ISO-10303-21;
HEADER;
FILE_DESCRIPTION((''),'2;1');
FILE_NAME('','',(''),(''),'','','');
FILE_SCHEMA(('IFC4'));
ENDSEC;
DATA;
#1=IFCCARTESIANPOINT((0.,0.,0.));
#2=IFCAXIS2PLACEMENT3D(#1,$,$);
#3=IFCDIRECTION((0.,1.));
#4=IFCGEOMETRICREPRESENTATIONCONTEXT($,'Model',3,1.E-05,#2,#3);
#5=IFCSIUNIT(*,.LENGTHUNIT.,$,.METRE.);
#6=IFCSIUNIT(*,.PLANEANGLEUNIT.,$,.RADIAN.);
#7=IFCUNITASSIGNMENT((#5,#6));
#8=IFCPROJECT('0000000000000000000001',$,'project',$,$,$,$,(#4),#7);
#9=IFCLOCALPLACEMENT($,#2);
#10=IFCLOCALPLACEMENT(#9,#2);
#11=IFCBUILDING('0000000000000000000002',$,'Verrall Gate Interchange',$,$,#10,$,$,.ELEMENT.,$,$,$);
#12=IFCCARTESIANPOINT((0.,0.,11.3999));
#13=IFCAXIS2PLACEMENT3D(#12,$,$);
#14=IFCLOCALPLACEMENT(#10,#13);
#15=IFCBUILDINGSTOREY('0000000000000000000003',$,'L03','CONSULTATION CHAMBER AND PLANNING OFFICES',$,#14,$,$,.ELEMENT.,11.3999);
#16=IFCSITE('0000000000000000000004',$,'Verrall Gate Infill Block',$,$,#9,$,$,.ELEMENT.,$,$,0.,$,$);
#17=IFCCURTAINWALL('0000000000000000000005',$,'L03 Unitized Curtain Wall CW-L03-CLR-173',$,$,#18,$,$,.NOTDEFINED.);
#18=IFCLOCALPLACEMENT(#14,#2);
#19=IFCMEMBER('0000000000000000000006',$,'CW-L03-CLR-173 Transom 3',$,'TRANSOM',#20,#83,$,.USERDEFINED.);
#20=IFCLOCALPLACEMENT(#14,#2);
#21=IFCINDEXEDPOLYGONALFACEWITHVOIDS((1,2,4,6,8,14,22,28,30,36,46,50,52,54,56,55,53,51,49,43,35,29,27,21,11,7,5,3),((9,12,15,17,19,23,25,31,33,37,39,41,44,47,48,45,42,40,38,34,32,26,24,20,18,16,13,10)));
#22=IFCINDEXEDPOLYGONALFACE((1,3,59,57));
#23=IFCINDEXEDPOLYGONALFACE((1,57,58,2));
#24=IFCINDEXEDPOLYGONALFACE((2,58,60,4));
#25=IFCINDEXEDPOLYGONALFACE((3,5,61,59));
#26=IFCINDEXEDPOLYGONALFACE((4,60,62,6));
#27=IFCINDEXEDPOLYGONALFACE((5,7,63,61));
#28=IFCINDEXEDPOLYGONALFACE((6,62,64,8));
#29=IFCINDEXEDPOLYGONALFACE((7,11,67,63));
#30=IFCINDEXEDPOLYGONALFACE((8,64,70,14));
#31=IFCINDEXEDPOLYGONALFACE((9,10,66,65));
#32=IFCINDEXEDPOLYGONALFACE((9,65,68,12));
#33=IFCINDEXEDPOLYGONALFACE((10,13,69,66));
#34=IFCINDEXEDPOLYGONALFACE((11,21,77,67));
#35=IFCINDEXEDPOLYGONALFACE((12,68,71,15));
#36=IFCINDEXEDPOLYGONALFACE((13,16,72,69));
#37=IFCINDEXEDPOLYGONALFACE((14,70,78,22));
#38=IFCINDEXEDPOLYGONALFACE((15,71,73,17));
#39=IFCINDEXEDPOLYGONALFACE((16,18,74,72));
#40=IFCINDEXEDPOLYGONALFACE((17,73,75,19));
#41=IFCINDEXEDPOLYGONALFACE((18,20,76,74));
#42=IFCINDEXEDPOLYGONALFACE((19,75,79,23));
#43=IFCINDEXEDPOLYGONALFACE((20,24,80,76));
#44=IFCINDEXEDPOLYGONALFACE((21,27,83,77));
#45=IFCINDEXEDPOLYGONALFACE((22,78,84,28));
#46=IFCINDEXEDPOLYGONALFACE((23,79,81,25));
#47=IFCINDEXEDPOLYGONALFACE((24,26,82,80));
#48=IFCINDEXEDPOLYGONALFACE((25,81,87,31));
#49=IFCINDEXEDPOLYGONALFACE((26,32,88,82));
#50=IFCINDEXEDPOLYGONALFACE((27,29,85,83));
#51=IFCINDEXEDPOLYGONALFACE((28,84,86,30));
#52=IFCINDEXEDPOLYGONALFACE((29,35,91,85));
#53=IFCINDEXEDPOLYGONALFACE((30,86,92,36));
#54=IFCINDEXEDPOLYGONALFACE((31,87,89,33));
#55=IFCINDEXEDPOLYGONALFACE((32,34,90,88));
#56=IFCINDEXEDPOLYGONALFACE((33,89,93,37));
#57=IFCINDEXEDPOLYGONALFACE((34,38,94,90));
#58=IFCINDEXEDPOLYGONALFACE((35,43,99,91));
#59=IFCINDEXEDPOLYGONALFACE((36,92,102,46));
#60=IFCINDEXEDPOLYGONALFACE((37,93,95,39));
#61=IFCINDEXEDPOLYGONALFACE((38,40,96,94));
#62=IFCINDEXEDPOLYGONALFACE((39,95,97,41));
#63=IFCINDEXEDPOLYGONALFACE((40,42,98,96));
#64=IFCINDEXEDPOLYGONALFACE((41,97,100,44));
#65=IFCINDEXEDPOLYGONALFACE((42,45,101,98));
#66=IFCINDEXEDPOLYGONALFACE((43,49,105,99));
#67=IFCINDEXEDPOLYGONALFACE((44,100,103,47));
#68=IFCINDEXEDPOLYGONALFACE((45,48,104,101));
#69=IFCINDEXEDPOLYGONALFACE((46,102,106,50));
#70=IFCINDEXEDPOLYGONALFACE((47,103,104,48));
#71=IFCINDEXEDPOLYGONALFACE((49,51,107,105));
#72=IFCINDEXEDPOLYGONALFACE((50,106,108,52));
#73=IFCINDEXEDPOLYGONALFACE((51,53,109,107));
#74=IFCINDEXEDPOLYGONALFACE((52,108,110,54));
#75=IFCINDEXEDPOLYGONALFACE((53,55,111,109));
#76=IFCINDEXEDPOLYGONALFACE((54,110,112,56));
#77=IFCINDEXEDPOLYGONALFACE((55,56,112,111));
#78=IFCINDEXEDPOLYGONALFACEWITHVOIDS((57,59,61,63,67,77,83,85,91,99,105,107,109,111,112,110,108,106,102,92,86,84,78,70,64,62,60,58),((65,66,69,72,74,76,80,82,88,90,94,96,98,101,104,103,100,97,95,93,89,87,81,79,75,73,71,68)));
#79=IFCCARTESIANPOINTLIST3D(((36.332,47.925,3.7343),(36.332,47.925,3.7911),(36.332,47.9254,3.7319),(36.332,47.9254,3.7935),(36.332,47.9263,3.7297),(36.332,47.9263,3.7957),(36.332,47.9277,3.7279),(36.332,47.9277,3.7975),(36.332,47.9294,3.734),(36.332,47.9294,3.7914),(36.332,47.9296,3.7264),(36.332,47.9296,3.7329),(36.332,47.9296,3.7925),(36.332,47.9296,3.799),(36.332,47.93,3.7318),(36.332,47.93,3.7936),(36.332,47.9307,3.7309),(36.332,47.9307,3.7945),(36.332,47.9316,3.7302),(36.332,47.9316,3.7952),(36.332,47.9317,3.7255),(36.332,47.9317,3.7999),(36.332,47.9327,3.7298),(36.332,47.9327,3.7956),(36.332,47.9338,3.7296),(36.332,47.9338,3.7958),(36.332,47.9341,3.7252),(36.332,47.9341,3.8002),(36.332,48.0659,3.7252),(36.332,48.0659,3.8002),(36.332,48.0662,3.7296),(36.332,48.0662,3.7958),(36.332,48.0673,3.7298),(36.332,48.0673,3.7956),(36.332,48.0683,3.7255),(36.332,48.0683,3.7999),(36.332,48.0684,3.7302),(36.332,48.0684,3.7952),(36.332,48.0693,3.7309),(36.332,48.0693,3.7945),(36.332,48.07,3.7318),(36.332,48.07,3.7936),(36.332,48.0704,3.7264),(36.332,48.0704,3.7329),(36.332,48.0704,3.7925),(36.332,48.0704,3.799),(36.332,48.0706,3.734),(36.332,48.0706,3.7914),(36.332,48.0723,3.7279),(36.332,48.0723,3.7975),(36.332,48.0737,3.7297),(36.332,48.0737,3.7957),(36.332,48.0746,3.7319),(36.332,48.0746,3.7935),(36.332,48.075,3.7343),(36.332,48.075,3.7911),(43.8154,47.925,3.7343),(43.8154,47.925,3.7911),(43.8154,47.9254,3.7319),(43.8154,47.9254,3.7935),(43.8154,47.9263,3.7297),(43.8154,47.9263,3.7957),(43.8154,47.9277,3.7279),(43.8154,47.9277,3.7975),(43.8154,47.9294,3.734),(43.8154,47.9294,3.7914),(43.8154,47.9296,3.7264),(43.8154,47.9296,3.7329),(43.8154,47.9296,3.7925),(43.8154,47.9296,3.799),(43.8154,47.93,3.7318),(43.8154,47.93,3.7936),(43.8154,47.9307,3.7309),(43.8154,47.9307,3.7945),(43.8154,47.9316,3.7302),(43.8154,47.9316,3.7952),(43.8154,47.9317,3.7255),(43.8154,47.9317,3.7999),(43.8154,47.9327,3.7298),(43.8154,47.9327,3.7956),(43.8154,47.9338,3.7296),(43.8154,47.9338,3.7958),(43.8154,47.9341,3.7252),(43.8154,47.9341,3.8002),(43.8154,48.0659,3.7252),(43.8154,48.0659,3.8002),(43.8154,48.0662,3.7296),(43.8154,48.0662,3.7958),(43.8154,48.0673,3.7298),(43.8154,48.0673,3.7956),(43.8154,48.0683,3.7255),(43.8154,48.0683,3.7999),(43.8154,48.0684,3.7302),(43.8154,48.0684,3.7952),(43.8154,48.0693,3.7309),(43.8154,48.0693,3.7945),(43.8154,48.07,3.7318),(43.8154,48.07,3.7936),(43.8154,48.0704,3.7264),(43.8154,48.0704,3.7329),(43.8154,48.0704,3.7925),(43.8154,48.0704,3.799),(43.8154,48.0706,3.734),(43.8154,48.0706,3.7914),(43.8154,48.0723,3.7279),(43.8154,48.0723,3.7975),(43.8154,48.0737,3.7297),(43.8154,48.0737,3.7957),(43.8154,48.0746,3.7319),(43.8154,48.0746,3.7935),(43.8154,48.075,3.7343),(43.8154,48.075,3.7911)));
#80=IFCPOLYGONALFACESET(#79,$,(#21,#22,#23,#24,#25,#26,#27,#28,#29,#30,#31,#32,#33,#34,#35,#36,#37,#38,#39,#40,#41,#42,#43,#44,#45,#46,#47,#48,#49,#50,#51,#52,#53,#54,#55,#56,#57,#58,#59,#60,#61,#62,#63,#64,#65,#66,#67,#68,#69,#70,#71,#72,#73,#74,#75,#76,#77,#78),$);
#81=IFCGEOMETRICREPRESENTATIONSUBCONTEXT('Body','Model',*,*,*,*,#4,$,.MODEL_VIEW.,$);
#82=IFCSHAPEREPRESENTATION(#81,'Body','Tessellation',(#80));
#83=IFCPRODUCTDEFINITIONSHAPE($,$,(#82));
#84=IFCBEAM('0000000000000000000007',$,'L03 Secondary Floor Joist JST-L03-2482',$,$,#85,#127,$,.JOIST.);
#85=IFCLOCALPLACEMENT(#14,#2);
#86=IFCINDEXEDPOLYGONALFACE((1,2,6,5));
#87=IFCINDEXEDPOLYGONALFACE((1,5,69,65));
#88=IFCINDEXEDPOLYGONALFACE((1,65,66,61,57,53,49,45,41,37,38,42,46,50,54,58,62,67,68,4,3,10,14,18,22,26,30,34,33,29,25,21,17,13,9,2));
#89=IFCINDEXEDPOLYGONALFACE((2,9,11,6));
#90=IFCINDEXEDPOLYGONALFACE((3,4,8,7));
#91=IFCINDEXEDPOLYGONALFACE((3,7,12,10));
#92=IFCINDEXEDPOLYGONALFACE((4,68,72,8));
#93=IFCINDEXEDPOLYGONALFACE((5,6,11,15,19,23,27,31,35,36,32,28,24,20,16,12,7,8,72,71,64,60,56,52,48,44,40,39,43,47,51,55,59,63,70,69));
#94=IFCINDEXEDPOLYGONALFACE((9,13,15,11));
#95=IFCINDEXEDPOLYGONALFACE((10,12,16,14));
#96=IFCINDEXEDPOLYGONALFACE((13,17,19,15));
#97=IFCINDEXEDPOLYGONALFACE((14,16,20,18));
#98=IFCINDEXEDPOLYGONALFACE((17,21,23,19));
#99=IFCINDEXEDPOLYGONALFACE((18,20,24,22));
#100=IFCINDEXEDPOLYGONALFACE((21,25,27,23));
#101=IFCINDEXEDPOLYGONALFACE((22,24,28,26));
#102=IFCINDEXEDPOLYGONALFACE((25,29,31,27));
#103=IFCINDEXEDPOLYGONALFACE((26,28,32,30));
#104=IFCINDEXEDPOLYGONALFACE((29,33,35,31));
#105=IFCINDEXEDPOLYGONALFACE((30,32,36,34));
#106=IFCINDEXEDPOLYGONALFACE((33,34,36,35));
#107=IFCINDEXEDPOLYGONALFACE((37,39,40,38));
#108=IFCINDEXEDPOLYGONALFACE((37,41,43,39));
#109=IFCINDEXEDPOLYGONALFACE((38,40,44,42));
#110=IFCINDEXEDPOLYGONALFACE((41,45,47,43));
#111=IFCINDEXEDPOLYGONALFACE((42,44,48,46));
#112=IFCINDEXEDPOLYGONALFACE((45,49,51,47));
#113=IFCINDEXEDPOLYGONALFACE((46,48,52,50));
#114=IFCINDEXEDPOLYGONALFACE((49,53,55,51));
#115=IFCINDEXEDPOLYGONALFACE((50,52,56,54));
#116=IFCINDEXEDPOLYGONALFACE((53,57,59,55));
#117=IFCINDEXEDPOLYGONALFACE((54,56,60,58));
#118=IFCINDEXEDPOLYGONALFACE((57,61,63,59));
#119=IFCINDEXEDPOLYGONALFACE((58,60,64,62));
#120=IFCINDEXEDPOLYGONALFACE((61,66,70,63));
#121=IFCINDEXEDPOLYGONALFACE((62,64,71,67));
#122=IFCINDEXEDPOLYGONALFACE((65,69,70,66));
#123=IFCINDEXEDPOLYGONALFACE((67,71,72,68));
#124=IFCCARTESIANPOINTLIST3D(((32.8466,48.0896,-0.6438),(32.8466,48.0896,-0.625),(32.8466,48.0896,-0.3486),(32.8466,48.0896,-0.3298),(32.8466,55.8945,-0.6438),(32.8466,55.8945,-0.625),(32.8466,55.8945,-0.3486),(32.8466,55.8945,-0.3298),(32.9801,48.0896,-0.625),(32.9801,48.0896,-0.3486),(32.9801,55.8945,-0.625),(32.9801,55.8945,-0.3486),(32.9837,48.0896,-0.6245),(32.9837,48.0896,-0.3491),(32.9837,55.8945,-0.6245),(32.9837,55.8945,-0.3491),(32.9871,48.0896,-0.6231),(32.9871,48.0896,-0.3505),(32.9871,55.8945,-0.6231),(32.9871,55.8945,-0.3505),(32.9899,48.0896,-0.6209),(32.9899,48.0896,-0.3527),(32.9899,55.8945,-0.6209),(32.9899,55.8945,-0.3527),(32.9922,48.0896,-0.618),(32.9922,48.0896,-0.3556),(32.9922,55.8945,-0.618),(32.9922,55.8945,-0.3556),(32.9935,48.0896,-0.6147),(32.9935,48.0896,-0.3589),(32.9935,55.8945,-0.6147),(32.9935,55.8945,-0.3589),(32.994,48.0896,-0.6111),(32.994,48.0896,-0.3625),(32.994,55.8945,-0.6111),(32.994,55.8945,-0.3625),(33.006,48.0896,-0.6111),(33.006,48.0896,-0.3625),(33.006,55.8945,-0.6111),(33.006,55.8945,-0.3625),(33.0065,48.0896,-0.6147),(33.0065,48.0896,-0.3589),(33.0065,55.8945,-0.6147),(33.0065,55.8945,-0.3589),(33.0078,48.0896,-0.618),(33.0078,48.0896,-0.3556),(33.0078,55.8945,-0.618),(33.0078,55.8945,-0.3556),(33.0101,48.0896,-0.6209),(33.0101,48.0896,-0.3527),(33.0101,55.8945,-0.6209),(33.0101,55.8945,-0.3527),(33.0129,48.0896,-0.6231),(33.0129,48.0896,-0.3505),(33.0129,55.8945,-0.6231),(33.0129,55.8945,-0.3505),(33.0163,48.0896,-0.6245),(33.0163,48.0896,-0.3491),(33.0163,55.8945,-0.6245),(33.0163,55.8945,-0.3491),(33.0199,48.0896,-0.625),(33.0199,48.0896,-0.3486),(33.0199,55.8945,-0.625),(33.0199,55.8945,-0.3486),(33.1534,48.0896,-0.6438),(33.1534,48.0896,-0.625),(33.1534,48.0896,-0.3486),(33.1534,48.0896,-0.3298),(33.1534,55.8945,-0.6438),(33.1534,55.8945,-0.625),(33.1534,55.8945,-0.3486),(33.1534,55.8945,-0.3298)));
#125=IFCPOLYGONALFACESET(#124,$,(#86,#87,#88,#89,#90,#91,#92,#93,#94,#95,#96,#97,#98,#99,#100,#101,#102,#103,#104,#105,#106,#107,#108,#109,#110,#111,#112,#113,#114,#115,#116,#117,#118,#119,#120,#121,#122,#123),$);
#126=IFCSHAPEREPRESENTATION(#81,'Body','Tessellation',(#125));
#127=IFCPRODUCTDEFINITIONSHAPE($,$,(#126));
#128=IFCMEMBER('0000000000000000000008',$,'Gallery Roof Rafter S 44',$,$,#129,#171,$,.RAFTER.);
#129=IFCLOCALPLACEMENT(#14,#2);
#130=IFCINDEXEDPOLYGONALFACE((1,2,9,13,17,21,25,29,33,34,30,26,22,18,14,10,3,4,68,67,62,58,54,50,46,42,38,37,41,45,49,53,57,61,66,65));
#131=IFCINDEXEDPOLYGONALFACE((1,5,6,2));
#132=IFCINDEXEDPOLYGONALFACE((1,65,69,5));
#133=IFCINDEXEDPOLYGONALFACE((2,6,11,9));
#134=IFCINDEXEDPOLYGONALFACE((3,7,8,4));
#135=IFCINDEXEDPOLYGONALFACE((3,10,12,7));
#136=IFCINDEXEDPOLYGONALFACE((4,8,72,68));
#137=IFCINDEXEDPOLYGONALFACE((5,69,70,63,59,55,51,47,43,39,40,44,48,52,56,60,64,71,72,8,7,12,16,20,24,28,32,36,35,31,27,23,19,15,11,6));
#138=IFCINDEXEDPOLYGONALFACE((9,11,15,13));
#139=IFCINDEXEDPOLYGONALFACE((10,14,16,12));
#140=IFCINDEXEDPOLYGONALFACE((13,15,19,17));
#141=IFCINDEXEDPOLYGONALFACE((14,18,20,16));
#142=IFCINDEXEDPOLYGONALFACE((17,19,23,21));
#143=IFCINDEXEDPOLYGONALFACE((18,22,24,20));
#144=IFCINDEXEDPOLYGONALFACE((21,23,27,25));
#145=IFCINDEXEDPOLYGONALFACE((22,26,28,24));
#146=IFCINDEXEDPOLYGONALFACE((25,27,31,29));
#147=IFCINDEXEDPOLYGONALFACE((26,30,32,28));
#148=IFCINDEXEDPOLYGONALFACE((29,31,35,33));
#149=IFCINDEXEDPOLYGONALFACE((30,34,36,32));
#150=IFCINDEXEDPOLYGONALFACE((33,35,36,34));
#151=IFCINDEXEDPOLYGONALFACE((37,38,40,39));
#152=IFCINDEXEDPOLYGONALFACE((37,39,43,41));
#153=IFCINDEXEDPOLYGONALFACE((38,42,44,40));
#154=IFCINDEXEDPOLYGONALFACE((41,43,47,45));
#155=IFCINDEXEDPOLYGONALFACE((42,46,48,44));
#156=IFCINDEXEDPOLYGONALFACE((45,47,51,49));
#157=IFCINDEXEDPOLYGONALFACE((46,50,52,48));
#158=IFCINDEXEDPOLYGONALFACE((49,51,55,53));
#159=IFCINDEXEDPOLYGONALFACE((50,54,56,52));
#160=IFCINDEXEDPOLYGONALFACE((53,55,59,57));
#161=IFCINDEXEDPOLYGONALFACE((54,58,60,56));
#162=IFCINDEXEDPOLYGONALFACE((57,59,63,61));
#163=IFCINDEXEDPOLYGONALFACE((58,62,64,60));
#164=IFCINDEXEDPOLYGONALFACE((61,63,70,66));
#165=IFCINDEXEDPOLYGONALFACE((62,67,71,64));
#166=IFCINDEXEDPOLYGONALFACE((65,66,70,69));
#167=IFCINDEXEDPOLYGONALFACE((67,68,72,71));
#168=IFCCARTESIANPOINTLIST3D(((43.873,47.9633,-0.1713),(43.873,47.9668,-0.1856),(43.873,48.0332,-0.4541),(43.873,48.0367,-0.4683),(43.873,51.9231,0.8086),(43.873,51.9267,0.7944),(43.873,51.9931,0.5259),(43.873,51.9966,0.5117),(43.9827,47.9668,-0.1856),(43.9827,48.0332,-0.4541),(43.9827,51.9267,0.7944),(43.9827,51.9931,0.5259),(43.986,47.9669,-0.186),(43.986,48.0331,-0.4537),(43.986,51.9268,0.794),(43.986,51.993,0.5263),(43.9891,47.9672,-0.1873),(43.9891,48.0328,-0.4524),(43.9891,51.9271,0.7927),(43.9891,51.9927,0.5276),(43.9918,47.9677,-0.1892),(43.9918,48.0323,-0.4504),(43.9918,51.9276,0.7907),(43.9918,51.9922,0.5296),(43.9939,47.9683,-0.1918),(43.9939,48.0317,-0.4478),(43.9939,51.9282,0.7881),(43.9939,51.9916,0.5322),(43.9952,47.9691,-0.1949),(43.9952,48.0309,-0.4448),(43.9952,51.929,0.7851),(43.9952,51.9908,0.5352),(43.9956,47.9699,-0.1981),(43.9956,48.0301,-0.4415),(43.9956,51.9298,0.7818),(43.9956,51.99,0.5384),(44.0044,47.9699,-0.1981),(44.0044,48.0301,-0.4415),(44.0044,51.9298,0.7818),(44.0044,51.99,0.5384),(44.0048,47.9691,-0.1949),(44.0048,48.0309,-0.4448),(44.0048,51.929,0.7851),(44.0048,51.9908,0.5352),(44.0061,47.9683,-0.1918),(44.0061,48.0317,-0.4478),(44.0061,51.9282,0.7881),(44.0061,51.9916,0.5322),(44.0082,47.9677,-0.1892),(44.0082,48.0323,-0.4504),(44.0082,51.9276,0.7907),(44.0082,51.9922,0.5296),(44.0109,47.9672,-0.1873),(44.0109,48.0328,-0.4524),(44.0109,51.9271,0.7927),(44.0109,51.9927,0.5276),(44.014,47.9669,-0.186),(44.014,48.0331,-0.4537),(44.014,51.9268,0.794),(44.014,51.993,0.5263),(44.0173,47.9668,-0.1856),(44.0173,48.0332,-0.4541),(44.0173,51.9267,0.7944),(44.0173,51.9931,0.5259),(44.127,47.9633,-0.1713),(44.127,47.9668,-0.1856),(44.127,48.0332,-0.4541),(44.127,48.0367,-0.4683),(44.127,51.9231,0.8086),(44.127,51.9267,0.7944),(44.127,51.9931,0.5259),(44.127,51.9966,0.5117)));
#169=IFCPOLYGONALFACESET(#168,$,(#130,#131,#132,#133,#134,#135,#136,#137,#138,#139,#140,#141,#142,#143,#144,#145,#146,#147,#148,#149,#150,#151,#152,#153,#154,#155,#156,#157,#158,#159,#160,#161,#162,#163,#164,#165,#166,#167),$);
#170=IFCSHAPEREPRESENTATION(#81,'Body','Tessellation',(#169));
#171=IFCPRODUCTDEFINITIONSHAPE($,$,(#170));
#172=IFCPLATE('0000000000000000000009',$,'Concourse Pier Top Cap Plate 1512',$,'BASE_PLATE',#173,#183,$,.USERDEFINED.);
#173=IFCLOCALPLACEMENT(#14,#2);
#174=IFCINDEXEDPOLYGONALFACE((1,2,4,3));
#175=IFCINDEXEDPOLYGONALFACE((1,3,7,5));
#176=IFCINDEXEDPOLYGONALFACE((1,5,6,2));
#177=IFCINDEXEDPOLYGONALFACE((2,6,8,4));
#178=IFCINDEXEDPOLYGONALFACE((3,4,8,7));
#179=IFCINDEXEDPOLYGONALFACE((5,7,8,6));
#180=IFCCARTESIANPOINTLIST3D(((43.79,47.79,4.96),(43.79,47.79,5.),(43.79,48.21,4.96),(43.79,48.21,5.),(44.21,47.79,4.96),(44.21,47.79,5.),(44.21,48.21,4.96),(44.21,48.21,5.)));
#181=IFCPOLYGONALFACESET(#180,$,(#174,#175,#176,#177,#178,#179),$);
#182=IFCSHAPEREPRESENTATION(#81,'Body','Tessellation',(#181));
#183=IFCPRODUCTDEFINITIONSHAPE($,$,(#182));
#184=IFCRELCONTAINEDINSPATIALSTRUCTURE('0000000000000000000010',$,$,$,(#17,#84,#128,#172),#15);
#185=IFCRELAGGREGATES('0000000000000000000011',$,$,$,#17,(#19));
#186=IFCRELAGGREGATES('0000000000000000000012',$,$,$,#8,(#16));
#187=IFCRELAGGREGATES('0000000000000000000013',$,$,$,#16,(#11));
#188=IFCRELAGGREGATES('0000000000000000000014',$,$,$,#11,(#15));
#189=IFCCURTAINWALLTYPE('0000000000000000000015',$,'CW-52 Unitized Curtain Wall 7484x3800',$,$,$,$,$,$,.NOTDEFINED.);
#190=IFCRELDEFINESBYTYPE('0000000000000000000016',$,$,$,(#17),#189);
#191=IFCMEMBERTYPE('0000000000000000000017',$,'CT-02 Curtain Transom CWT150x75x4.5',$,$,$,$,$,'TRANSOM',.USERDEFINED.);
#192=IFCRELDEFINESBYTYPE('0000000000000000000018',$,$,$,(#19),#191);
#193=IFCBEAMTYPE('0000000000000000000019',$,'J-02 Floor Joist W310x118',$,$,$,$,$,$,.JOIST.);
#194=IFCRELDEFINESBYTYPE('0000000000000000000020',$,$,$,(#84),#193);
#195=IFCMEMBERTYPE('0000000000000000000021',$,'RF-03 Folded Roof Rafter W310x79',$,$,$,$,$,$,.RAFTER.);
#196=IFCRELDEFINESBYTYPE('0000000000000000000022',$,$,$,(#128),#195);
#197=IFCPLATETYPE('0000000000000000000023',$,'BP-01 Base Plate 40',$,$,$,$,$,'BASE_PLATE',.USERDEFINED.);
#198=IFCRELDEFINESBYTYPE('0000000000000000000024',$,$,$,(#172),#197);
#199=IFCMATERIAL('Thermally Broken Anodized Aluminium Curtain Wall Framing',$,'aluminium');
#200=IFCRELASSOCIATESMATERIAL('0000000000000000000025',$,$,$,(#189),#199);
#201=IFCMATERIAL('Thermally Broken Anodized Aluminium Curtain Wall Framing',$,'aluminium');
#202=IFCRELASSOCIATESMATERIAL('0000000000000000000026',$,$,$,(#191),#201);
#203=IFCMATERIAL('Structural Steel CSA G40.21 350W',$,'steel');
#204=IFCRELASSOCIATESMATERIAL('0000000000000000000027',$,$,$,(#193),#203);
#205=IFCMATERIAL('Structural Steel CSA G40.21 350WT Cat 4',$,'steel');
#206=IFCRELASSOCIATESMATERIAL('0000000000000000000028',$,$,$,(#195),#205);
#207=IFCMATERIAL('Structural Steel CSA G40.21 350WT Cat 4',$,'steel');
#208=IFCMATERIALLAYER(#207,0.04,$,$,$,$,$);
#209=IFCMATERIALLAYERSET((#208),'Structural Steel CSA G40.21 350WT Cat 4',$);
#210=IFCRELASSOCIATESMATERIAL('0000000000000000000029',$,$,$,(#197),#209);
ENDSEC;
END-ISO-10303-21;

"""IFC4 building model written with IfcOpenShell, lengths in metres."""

from ifc_helpers import new_model, si_unit, direction, frame, origin, origin_2d, place, context, subcontext, project, spatial, rectangle, hollow_rectangle, i_section, extrude, material, layer, layer_set, material_profile, profile_set, type_object, element, aggregate, save


model = new_model("IFC4")

# Units and contexts
model_context = context("Model", 3, precision=1e-05, world=origin(), true_north=direction((0.0, 1.0)))
body_context = subcontext(model_context, "Body", "Model", "MODEL_VIEW")
ifc_project = project(units=[si_unit("LENGTHUNIT", "METRE"), si_unit("PLANEANGLEUNIT", "RADIAN")], contexts=[model_context])

# Site, building, storey
site_placement = place(None, origin())
site = spatial("IfcSite", under=ifc_project, at=site_placement, Name="Verrall Gate Infill Block", CompositionType="ELEMENT", RefElevation=0.0)
building_placement = place(site_placement, origin())
building = spatial("IfcBuilding", under=site, at=building_placement, Name="Verrall Gate Interchange", CompositionType="ELEMENT")
storey_placement = place(building_placement, frame((0.0, 0.0, 11.3999)))
storey = spatial("IfcBuildingStorey", under=building, at=storey_placement, Name="L03", Description="CONSULTATION CHAMBER AND PLANNING OFFICES", CompositionType="ELEMENT", Elevation=11.3999)

# Curtain wall, member
ifc_material_1 = material(Name="Thermally Broken Anodized Aluminium Curtain Wall Framing", Category="aluminium")
curtain_wall_type = type_object("IfcCurtainWallType", Name="CW-52 Unitized Curtain Wall 7484x3800", PredefinedType="NOTDEFINED", material=ifc_material_1)
curtain_wall_placement = place(storey_placement, origin())
curtain_wall = element("IfcCurtainWall", 1, at=curtain_wall_placement, inside=storey, type_object=curtain_wall_type, Name="L03 Unitized Curtain Wall CW-L03-CLR-173", PredefinedType="NOTDEFINED")
ifc_material_2 = material(Name="Thermally Broken Anodized Aluminium Curtain Wall Framing", Category="aluminium")
ifc_material_profile_1 = material_profile(ifc_material_2, hollow_rectangle(XDim=0.1499, YDim=0.075, WallThickness=0.0044, InnerFilletRadius=0.0044, OuterFilletRadius=0.009, at=origin_2d()), Name="CWT150x75x4.5")
ifc_profile_set_1 = profile_set([ifc_material_profile_1], Name="Thermally Broken Anodized Aluminium Curtain Wall Framing")
member_type_1 = type_object("IfcMemberType", Name="CT-02 Curtain Transom CWT150x75x4.5", ElementType="TRANSOM", PredefinedType="USERDEFINED", material=ifc_profile_set_1)
member_1_placement = place(storey_placement, frame((36.332, 48.0, 3.7627), z_axis=(1.0, 0.0, 0.0), x_axis=(0.0, 1.0, 0.0)))
member_1 = element("IfcMember", 2, at=member_1_placement, type_object=member_type_1, Name="CW-L03-CLR-173 Transom 3", ObjectType="TRANSOM", PredefinedType="USERDEFINED", context=body_context, shape_type="SweptSolid", body=[
    extrude(hollow_rectangle(XDim=0.1499, YDim=0.075, WallThickness=0.0044, InnerFilletRadius=0.0044, OuterFilletRadius=0.009, at=origin_2d()), origin(), (0.0, 0.0, 1.0), 7.4834),
])

# Beam
ifc_material_3 = material(Name="Structural Steel CSA G40.21 350W", Category="steel")
ifc_material_profile_2 = material_profile(ifc_material_3, i_section(OverallWidth=0.3069, OverallDepth=0.314, WebThickness=0.012, FlangeThickness=0.0188, FilletRadius=0.0139, at=origin_2d()), Name="W310x118")
ifc_profile_set_2 = profile_set([ifc_material_profile_2], Name="Structural Steel CSA G40.21 350W")
beam_type_1 = type_object("IfcBeamType", Name="J-02 Floor Joist W310x118", PredefinedType="JOIST", material=ifc_profile_set_2)
beam_1_placement = place(storey_placement, frame((33.0, 48.0896, -0.4868), z_axis=(0.0, 1.0, 0.0), x_axis=(-1.0, 0.0, 0.0)))
element("IfcBeam", 3, at=beam_1_placement, inside=storey, type_object=beam_type_1, Name="L03 Secondary Floor Joist JST-L03-2482", PredefinedType="JOIST", context=body_context, shape_type="SweptSolid", body=[
    extrude(i_section(OverallWidth=0.3069, OverallDepth=0.314, WebThickness=0.012, FlangeThickness=0.0188, FilletRadius=0.0139, at=origin_2d()), origin(), (0.0, 0.0, 1.0), 7.8049),
])

# Member
ifc_material_4 = material(Name="Structural Steel CSA G40.21 350WT Cat 4", Category="steel")
ifc_material_profile_3 = material_profile(ifc_material_4, i_section(OverallWidth=0.2539, OverallDepth=0.3059, WebThickness=0.0088, FlangeThickness=0.0146, FilletRadius=0.0129, at=origin_2d()), Name="W310x79")
ifc_profile_set_3 = profile_set([ifc_material_profile_3], Name="Structural Steel CSA G40.21 350WT Cat 4")
member_type_2 = type_object("IfcMemberType", Name="RF-03 Folded Roof Rafter W310x79", PredefinedType="RAFTER", material=ifc_profile_set_3)
member_2_placement = place(storey_placement, frame((44.0, 48.0, -0.3198), z_axis=(0.0, 0.970717, 0.240226), x_axis=(-1.0, 0.0, 0.0)))
element("IfcMember", 4, at=member_2_placement, inside=storey, type_object=member_type_2, Name="Gallery Roof Rafter S 44", PredefinedType="RAFTER", context=body_context, shape_type="SweptSolid", body=[
    extrude(i_section(OverallWidth=0.2539, OverallDepth=0.3059, WebThickness=0.0088, FlangeThickness=0.0146, FilletRadius=0.0129, at=origin_2d()), origin(), (0.0, 0.0, 1.0), 4.0793),
])

# Plate
ifc_material_5 = material(Name="Structural Steel CSA G40.21 350WT Cat 4", Category="steel")
ifc_layer_1 = layer(ifc_material_5, 0.04)
ifc_layer_set_1 = layer_set([ifc_layer_1], Name="Structural Steel CSA G40.21 350WT Cat 4")
plate_type_1 = type_object("IfcPlateType", Name="BP-01 Base Plate 40", ElementType="BASE_PLATE", PredefinedType="USERDEFINED", material=ifc_layer_set_1)
plate_1_placement = place(storey_placement, frame((44.0, 48.0, 4.96), z_axis=(0.0, 0.0, 1.0), x_axis=(1.0, 0.0, 0.0)))
element("IfcPlate", 5, at=plate_1_placement, inside=storey, type_object=plate_type_1, Name="Concourse Pier Top Cap Plate 1512", ObjectType="BASE_PLATE", PredefinedType="USERDEFINED", context=body_context, shape_type="SweptSolid", body=[
    extrude(rectangle(XDim=0.4199, YDim=0.4199, at=origin_2d()), origin(), (0.0, 0.0, 1.0), 0.04),
])

aggregate(curtain_wall, [member_1])

save(model, "model.ifc")
